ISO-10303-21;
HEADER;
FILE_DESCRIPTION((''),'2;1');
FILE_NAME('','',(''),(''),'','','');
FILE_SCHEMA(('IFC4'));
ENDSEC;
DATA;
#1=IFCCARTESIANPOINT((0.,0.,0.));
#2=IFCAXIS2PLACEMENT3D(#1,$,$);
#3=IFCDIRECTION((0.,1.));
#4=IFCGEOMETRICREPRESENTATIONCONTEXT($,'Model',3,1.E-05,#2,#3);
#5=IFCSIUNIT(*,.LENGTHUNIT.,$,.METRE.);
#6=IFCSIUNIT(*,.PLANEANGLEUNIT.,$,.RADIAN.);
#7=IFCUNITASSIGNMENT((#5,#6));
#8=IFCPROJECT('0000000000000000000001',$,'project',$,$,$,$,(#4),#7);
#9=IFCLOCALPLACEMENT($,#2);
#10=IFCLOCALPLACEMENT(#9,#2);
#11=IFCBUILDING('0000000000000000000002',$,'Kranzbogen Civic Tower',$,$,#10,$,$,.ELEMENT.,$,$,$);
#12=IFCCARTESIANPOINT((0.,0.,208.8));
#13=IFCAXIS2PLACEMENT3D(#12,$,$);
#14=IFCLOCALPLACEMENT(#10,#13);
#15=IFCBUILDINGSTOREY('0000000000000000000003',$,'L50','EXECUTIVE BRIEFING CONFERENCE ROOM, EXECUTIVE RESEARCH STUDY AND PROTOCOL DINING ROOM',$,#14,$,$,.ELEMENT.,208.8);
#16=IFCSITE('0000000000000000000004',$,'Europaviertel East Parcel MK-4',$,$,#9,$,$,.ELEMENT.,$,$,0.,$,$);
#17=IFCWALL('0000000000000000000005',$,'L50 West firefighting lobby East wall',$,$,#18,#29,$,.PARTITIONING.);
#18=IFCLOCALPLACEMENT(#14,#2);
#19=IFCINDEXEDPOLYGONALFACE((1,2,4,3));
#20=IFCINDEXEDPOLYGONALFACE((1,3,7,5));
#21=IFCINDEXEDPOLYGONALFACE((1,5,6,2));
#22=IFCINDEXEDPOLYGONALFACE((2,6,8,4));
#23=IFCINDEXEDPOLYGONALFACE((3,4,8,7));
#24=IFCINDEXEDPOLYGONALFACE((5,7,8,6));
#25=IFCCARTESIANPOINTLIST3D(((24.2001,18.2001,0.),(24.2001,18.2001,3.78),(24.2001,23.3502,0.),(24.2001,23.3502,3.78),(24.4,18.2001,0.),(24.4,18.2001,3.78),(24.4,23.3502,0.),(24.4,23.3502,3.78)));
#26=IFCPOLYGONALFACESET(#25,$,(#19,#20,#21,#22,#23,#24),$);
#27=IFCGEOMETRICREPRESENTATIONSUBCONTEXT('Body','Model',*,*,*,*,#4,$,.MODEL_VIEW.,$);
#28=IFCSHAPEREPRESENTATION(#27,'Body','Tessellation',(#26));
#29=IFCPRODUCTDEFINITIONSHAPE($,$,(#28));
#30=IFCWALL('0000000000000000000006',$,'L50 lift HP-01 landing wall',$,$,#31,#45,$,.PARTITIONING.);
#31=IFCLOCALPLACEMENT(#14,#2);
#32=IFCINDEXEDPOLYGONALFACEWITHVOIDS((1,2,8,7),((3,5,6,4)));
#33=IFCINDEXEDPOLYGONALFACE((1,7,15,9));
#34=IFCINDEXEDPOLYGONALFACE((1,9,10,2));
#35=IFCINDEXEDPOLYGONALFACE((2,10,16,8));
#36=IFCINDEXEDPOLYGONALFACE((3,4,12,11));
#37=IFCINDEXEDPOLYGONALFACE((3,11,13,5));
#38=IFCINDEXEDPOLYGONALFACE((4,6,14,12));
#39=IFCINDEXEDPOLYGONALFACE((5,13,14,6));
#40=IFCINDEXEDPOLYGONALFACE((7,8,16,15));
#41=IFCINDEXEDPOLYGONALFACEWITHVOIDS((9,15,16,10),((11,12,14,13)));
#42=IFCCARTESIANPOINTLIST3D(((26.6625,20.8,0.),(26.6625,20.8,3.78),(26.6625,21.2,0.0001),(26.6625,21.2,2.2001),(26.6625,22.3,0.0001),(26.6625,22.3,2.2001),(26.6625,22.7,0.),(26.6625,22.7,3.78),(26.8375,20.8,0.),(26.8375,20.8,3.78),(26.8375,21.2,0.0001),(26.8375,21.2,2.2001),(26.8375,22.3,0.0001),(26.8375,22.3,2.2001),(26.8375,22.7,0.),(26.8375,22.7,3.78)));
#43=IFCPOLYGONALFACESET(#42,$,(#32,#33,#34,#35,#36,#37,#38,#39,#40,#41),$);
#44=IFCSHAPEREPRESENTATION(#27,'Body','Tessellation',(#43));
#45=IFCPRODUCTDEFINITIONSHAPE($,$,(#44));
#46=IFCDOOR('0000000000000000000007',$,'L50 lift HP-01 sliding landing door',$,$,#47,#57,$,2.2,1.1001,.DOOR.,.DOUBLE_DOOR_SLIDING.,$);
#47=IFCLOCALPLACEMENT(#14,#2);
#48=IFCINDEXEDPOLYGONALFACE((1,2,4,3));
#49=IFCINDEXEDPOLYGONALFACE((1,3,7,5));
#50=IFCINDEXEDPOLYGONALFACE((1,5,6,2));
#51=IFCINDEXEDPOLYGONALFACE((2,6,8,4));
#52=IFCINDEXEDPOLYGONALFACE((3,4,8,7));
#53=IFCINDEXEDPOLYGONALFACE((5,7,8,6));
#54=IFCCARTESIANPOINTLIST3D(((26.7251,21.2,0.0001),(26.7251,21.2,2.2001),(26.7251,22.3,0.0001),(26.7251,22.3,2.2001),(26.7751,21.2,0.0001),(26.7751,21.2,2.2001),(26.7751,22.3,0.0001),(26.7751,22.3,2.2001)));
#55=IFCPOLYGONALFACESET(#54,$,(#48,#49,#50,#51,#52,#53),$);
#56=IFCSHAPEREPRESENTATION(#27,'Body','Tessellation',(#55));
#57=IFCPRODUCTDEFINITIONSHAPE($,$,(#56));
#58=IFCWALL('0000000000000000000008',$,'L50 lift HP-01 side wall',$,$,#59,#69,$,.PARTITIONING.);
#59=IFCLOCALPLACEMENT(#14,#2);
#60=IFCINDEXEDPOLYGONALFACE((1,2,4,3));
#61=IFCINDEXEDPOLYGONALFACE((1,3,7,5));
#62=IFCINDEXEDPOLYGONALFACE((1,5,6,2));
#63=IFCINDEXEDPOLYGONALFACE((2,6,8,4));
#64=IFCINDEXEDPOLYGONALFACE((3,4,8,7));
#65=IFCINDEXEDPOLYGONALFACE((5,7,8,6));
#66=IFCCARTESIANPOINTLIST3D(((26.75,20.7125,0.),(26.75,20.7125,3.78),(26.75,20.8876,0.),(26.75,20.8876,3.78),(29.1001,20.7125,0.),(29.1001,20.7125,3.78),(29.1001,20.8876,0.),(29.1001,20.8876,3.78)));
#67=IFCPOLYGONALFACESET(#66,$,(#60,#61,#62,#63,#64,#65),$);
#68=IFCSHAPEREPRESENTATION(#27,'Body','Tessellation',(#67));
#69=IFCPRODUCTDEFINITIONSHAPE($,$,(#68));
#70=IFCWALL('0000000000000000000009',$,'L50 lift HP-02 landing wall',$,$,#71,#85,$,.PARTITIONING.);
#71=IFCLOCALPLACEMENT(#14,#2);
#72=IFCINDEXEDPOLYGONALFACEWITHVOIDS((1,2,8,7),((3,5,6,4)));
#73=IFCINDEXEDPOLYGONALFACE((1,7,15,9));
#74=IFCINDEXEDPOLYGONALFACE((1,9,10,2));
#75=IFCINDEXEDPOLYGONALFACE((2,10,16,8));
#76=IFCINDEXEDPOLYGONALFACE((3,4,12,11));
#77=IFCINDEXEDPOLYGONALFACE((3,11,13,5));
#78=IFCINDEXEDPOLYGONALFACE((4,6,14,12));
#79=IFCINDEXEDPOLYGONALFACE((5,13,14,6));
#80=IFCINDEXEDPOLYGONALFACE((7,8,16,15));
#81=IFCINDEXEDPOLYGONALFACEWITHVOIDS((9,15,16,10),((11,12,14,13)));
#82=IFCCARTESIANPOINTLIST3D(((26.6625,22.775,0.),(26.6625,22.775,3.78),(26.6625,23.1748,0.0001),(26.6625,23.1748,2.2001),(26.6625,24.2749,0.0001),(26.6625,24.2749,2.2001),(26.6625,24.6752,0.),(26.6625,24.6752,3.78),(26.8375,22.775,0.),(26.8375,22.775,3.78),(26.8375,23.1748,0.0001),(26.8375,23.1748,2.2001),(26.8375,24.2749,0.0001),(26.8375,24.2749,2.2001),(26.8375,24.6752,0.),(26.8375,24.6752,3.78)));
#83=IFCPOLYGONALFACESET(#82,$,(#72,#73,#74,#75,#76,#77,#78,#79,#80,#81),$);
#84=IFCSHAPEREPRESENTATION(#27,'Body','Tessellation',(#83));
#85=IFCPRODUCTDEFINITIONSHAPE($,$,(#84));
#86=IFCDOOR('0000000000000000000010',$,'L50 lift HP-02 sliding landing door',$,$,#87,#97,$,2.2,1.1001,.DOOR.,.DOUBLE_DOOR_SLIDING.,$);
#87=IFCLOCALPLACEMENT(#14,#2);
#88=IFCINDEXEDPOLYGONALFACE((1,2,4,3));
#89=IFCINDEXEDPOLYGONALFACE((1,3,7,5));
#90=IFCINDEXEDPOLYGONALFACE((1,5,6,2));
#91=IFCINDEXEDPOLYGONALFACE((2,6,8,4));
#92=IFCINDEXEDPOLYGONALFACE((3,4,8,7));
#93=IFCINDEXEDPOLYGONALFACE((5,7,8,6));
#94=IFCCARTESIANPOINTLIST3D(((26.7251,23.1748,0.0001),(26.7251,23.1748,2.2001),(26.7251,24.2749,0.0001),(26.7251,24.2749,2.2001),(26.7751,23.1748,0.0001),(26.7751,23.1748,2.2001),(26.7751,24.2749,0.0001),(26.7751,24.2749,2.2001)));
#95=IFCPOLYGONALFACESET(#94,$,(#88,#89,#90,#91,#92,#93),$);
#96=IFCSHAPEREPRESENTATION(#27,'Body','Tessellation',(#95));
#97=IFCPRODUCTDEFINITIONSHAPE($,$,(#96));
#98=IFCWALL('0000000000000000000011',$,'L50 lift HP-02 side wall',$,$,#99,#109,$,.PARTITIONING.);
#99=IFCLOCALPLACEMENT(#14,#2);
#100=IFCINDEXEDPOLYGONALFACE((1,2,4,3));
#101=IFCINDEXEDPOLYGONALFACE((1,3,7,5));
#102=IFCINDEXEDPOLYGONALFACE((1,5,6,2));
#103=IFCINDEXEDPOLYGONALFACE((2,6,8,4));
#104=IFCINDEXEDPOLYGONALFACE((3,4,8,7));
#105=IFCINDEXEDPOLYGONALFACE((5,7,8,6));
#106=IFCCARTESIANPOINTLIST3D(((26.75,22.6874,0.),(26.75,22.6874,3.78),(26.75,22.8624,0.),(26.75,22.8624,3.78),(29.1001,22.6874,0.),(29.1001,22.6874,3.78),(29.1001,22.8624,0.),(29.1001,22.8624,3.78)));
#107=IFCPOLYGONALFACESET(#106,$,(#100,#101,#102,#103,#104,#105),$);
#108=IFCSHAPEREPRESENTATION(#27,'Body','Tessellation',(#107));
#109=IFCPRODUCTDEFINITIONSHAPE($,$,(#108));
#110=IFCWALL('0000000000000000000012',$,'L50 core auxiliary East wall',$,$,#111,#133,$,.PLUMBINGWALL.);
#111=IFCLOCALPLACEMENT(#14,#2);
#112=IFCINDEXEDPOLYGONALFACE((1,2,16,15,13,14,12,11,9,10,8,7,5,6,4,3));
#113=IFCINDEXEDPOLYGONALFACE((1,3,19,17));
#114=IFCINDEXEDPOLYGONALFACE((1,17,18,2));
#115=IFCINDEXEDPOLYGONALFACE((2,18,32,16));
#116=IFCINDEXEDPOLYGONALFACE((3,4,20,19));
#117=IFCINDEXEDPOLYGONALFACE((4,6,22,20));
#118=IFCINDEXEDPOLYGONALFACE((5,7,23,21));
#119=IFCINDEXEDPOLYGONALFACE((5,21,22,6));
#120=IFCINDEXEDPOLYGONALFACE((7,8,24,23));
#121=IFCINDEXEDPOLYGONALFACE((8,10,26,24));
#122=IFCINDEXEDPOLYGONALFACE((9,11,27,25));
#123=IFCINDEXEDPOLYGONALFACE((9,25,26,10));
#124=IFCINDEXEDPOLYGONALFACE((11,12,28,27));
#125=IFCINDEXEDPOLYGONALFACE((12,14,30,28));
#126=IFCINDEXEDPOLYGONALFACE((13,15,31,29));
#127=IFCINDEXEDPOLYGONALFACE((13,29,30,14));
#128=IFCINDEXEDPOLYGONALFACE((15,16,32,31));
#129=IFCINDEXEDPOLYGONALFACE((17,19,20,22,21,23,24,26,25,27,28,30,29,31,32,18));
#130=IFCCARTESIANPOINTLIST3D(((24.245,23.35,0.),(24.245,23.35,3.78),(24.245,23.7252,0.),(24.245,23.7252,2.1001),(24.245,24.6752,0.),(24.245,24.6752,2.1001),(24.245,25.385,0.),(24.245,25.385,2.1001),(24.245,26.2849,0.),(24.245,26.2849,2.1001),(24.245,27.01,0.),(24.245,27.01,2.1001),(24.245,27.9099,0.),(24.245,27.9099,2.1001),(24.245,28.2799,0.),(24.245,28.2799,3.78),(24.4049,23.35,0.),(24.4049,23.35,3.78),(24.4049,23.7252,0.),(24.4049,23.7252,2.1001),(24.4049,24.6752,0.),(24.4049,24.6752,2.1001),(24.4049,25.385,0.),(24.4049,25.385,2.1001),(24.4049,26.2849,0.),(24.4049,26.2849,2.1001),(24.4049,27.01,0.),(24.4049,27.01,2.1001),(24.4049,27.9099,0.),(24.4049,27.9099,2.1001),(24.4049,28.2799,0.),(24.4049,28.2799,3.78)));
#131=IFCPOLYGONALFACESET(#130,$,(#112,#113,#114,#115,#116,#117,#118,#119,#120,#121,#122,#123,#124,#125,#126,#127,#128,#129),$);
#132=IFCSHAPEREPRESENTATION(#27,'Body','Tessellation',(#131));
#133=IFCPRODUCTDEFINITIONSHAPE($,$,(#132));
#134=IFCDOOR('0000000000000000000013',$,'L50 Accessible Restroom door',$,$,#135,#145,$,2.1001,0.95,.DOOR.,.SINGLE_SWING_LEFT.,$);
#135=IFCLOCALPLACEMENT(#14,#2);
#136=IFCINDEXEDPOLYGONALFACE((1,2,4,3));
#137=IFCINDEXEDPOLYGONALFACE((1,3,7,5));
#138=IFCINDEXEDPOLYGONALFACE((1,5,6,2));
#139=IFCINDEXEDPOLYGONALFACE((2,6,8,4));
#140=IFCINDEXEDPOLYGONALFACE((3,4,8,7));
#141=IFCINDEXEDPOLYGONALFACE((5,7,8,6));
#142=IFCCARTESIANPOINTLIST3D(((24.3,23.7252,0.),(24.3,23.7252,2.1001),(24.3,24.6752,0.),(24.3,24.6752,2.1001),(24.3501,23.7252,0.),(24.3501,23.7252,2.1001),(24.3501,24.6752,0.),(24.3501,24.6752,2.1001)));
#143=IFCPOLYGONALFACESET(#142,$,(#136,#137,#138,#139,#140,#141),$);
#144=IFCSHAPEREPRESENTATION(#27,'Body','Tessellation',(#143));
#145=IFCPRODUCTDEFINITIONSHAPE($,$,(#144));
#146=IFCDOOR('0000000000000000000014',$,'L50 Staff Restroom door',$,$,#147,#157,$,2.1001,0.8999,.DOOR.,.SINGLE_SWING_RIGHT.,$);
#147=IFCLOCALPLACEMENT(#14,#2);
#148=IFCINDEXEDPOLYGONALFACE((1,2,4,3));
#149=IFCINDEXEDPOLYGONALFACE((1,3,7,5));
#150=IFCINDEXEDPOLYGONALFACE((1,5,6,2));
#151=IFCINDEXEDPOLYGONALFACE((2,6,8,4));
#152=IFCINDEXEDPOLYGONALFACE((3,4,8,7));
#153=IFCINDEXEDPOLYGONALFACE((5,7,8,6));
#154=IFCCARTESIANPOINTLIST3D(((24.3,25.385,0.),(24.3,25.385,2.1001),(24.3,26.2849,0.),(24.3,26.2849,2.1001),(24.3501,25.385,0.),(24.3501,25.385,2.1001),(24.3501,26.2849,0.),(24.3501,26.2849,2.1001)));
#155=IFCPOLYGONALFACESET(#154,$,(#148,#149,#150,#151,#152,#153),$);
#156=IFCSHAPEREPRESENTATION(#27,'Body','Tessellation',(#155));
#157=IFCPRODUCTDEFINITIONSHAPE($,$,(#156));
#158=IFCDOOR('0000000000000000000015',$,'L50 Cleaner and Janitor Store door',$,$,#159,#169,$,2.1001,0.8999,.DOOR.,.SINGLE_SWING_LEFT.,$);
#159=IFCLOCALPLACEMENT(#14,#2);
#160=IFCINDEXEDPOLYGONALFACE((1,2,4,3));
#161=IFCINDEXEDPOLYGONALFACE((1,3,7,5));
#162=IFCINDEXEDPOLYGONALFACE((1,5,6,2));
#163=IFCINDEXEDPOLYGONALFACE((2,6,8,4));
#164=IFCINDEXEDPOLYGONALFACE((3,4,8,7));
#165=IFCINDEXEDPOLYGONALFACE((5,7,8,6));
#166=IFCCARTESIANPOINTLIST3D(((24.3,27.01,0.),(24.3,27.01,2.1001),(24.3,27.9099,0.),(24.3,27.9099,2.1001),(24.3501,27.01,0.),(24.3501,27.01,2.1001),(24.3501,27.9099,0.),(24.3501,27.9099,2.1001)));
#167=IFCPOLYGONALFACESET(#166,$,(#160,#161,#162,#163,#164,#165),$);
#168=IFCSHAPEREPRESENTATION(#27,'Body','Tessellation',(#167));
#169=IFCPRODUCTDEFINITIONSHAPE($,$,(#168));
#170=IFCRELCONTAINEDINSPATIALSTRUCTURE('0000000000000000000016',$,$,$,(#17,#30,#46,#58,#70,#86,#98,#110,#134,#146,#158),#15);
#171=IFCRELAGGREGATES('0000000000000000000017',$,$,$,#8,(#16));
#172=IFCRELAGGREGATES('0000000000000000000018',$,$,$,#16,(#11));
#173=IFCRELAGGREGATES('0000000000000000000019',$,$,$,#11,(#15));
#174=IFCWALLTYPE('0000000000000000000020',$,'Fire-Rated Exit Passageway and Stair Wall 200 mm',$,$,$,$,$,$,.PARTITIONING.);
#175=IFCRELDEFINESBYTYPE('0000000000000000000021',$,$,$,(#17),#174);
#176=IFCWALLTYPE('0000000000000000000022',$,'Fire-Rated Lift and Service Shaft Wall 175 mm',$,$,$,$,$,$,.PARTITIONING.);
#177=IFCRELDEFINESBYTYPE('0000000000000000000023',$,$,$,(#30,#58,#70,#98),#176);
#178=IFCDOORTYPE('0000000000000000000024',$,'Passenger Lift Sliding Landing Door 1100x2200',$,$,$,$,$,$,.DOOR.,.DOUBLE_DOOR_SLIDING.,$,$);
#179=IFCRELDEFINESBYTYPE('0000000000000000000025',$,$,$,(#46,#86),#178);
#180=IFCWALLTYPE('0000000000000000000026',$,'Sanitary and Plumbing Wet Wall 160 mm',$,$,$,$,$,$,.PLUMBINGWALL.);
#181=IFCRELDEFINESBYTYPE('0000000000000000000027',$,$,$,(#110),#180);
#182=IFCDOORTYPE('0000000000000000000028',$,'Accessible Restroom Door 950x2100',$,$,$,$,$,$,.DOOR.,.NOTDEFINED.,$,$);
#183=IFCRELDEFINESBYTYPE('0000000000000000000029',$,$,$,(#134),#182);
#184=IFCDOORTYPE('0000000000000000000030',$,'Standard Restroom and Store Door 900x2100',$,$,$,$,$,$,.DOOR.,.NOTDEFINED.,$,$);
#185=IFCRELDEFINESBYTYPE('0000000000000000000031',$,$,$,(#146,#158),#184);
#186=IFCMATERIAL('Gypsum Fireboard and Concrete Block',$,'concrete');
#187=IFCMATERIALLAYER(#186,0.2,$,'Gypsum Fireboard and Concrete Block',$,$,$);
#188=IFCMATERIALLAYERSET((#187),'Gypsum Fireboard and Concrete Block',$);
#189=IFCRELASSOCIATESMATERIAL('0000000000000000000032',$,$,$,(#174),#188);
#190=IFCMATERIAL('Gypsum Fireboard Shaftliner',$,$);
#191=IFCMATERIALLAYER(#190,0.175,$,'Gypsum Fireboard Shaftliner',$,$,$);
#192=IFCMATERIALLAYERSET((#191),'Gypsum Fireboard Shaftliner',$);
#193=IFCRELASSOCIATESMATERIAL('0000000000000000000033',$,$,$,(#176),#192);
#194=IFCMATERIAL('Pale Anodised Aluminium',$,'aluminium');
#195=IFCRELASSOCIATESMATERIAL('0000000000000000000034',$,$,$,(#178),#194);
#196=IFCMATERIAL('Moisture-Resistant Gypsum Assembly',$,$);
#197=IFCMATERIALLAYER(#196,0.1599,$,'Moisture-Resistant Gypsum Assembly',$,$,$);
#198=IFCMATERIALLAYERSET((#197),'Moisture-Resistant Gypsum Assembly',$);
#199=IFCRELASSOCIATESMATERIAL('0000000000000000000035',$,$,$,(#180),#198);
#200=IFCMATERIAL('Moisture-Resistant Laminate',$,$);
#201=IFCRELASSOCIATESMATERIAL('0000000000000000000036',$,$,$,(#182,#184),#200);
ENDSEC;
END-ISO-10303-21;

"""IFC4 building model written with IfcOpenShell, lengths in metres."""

from ifc_helpers import new_model, si_unit, direction, frame, frame_2d, origin, place, context, subcontext, project, spatial, rectangle, extrude, material, layer, layer_set, type_object, element, fill, save


model = new_model("IFC4")

# Units and contexts
model_context = context("Model", 3, precision=1e-05, world=origin(), true_north=direction((0.0, 1.0)))
body_context = subcontext(model_context, "Body", "Model", "MODEL_VIEW")
ifc_project = project(units=[si_unit("LENGTHUNIT", "METRE"), si_unit("PLANEANGLEUNIT", "RADIAN")], contexts=[model_context])

# Site, building, storey
site_placement = place(None, origin())
site = spatial("IfcSite", under=ifc_project, at=site_placement, Name="Europaviertel East Parcel MK-4", CompositionType="ELEMENT", RefElevation=0.0)
building_placement = place(site_placement, origin())
building = spatial("IfcBuilding", under=site, at=building_placement, Name="Kranzbogen Civic Tower", CompositionType="ELEMENT")
storey_placement = place(building_placement, frame((0.0, 0.0, 208.8)))
storey = spatial("IfcBuildingStorey", under=building, at=storey_placement, Name="L50", Description="EXECUTIVE BRIEFING CONFERENCE ROOM, EXECUTIVE RESEARCH STUDY AND PROTOCOL DINING ROOM", CompositionType="ELEMENT", Elevation=208.8)

# Wall
ifc_material_1 = material(Name="Gypsum Fireboard and Concrete Block", Category="concrete")
ifc_layer_1 = layer(ifc_material_1, 0.2, Name="Gypsum Fireboard and Concrete Block")
ifc_layer_set_1 = layer_set([ifc_layer_1], Name="Gypsum Fireboard and Concrete Block")
wall_type_1 = type_object("IfcWallType", Name="Fire-Rated Exit Passageway and Stair Wall 200 mm", PredefinedType="PARTITIONING", material=ifc_layer_set_1)
wall_1_placement = place(storey_placement, frame((24.3, 18.2, 0.0), z_axis=(0.0, 0.0, 1.0), x_axis=(0.0, 1.0, 0.0)))
element("IfcWall", 1, at=wall_1_placement, inside=storey, type_object=wall_type_1, Name="L50 West firefighting lobby East wall", PredefinedType="PARTITIONING", context=body_context, shape_type="SweptSolid", body=[
    extrude(rectangle(XDim=5.1501, YDim=0.2, at=frame_2d((2.5752, 0.0))), origin(), (0.0, 0.0, 1.0), 3.78),
])

# Wall, opening, door
ifc_material_2 = material(Name="Gypsum Fireboard Shaftliner")
ifc_layer_2 = layer(ifc_material_2, 0.175, Name="Gypsum Fireboard Shaftliner")
ifc_layer_set_2 = layer_set([ifc_layer_2], Name="Gypsum Fireboard Shaftliner")
wall_type_2 = type_object("IfcWallType", Name="Fire-Rated Lift and Service Shaft Wall 175 mm", PredefinedType="PARTITIONING", material=ifc_layer_set_2)
wall_2_placement = place(storey_placement, frame((26.75, 20.8, 0.0), z_axis=(0.0, 0.0, 1.0), x_axis=(0.0, 1.0, 0.0)))
wall_2 = element("IfcWall", 2, at=wall_2_placement, inside=storey, type_object=wall_type_2, Name="L50 lift HP-01 landing wall", PredefinedType="PARTITIONING", context=body_context, shape_type="SweptSolid", body=[
    extrude(rectangle(XDim=1.8999, YDim=0.175, at=frame_2d((0.95, 0.0))), origin(), (0.0, 0.0, 1.0), 3.78),
])
opening_1_placement = place(wall_2_placement, frame((0.3999, 0.0, 0.0)))
opening_1 = element("IfcOpeningElement", 3, at=opening_1_placement, cuts=wall_2, PredefinedType="OPENING", context=body_context, shape_type="SweptSolid", body=[
    extrude(rectangle(XDim=1.1001, YDim=2.2, at=frame_2d((0.55, 1.1001))), frame((0.0, 0.0977, 0.0), z_axis=(0.0, -1.0, 0.0), x_axis=(1.0, 0.0, 0.0)), (0.0, 0.0, 1.0), 0.1951),
])
ifc_material_3 = material(Name="Pale Anodised Aluminium", Category="aluminium")
door_type_1 = type_object("IfcDoorType", Name="Passenger Lift Sliding Landing Door 1100x2200", OperationType="DOUBLE_DOOR_SLIDING", PredefinedType="DOOR", material=ifc_material_3)
door_1_placement = place(opening_1_placement, origin())
door_1 = element("IfcDoor", 4, at=door_1_placement, inside=storey, type_object=door_type_1, Name="L50 lift HP-01 sliding landing door", OperationType="DOUBLE_DOOR_SLIDING", OverallHeight=2.2, OverallWidth=1.1001, PredefinedType="DOOR", context=body_context, shape_type="SweptSolid", body=[
    extrude(rectangle(XDim=1.1001, YDim=2.2, at=frame_2d((0.55, 1.1001))), frame((0.0, 0.0249, 0.0), z_axis=(0.0, -1.0, 0.0), x_axis=(1.0, 0.0, 0.0)), (0.0, 0.0, 1.0), 0.05),
])
fill(opening_1, door_1)

# Wall
wall_3_placement = place(storey_placement, frame((26.75, 20.8, 0.0), z_axis=(0.0, 0.0, 1.0), x_axis=(1.0, 0.0, 0.0)))
element("IfcWall", 5, at=wall_3_placement, inside=storey, type_object=wall_type_2, Name="L50 lift HP-01 side wall", PredefinedType="PARTITIONING", context=body_context, shape_type="SweptSolid", body=[
    extrude(rectangle(XDim=2.3501, YDim=0.175, at=frame_2d((1.175, 0.0))), origin(), (0.0, 0.0, 1.0), 3.78),
])

# Wall, opening, door
wall_4_placement = place(storey_placement, frame((26.75, 22.7749, 0.0), z_axis=(0.0, 0.0, 1.0), x_axis=(0.0, 1.0, 0.0)))
wall_4 = element("IfcWall", 6, at=wall_4_placement, inside=storey, type_object=wall_type_2, Name="L50 lift HP-02 landing wall", PredefinedType="PARTITIONING", context=body_context, shape_type="SweptSolid", body=[
    extrude(rectangle(XDim=1.9001, YDim=0.175, at=frame_2d((0.9502, 0.0))), origin(), (0.0, 0.0, 1.0), 3.78),
])
opening_2_placement = place(wall_4_placement, frame((0.3999, 0.0, 0.0)))
opening_2 = element("IfcOpeningElement", 7, at=opening_2_placement, cuts=wall_4, PredefinedType="OPENING", context=body_context, shape_type="SweptSolid", body=[
    extrude(rectangle(XDim=1.1001, YDim=2.2, at=frame_2d((0.55, 1.1001))), frame((0.0, 0.0977, 0.0), z_axis=(0.0, -1.0, 0.0), x_axis=(1.0, 0.0, 0.0)), (0.0, 0.0, 1.0), 0.1951),
])
door_2_placement = place(opening_2_placement, origin())
door_2 = element("IfcDoor", 8, at=door_2_placement, inside=storey, type_object=door_type_1, Name="L50 lift HP-02 sliding landing door", OperationType="DOUBLE_DOOR_SLIDING", OverallHeight=2.2, OverallWidth=1.1001, PredefinedType="DOOR", context=body_context, shape_type="SweptSolid", body=[
    extrude(rectangle(XDim=1.1001, YDim=2.2, at=frame_2d((0.55, 1.1001))), frame((0.0, 0.0249, 0.0), z_axis=(0.0, -1.0, 0.0), x_axis=(1.0, 0.0, 0.0)), (0.0, 0.0, 1.0), 0.05),
])
fill(opening_2, door_2)

# Wall
wall_5_placement = place(storey_placement, frame((26.75, 22.7749, 0.0), z_axis=(0.0, 0.0, 1.0), x_axis=(1.0, 0.0, 0.0)))
element("IfcWall", 9, at=wall_5_placement, inside=storey, type_object=wall_type_2, Name="L50 lift HP-02 side wall", PredefinedType="PARTITIONING", context=body_context, shape_type="SweptSolid", body=[
    extrude(rectangle(XDim=2.3501, YDim=0.175, at=frame_2d((1.175, 0.0))), origin(), (0.0, 0.0, 1.0), 3.78),
])

# Wall, openings, doors
ifc_material_4 = material(Name="Moisture-Resistant Gypsum Assembly")
ifc_layer_3 = layer(ifc_material_4, 0.1599, Name="Moisture-Resistant Gypsum Assembly")
ifc_layer_set_3 = layer_set([ifc_layer_3], Name="Moisture-Resistant Gypsum Assembly")
wall_type_3 = type_object("IfcWallType", Name="Sanitary and Plumbing Wet Wall 160 mm", PredefinedType="PLUMBINGWALL", material=ifc_layer_set_3)
wall_6_placement = place(storey_placement, frame((24.325, 23.3501, 0.0), z_axis=(0.0, 0.0, 1.0), x_axis=(0.0, 1.0, 0.0)))
wall_6 = element("IfcWall", 10, at=wall_6_placement, inside=storey, type_object=wall_type_3, Name="L50 core auxiliary East wall", PredefinedType="PLUMBINGWALL", context=body_context, shape_type="SweptSolid", body=[
    extrude(rectangle(XDim=4.9299, YDim=0.1599, at=frame_2d((2.4648, 0.0))), origin(), (0.0, 0.0, 1.0), 3.78),
])
opening_3_placement = place(wall_6_placement, frame((0.375, 0.0, 0.0)))
opening_3 = element("IfcOpeningElement", 11, at=opening_3_placement, cuts=wall_6, PredefinedType="OPENING", context=body_context, shape_type="SweptSolid", body=[
    extrude(rectangle(XDim=0.95, YDim=2.1001, at=frame_2d((0.4751, 1.05))), frame((0.0, 0.0898, 0.0), z_axis=(0.0, -1.0, 0.0), x_axis=(1.0, 0.0, 0.0)), (0.0, 0.0, 1.0), 0.1799),
])
opening_4_placement = place(wall_6_placement, frame((2.0349, 0.0, 0.0)))
opening_4 = element("IfcOpeningElement", 12, at=opening_4_placement, cuts=wall_6, PredefinedType="OPENING", context=body_context, shape_type="SweptSolid", body=[
    extrude(rectangle(XDim=0.8999, YDim=2.1001, at=frame_2d((0.45, 1.05))), frame((0.0, 0.0898, 0.0), z_axis=(0.0, -1.0, 0.0), x_axis=(1.0, 0.0, 0.0)), (0.0, 0.0, 1.0), 0.1799),
])
opening_5_placement = place(wall_6_placement, frame((3.6599, 0.0, 0.0)))
opening_5 = element("IfcOpeningElement", 13, at=opening_5_placement, cuts=wall_6, PredefinedType="OPENING", context=body_context, shape_type="SweptSolid", body=[
    extrude(rectangle(XDim=0.8999, YDim=2.1001, at=frame_2d((0.45, 1.05))), frame((0.0, 0.0898, 0.0), z_axis=(0.0, -1.0, 0.0), x_axis=(1.0, 0.0, 0.0)), (0.0, 0.0, 1.0), 0.1799),
])
ifc_material_5 = material(Name="Moisture-Resistant Laminate")
door_type_2 = type_object("IfcDoorType", Name="Accessible Restroom Door 950x2100", OperationType="NOTDEFINED", PredefinedType="DOOR", material=ifc_material_5)
door_3_placement = place(opening_3_placement, origin())
door_3 = element("IfcDoor", 14, at=door_3_placement, inside=storey, type_object=door_type_2, Name="L50 Accessible Restroom door", OperationType="SINGLE_SWING_LEFT", OverallHeight=2.1001, OverallWidth=0.95, PredefinedType="DOOR", context=body_context, shape_type="SweptSolid", body=[
    extrude(rectangle(XDim=0.95, YDim=2.1001, at=frame_2d((0.4751, 1.05))), frame((0.0, 0.0249, 0.0), z_axis=(0.0, -1.0, 0.0), x_axis=(1.0, 0.0, 0.0)), (0.0, 0.0, 1.0), 0.05),
])
fill(opening_3, door_3)
door_type_3 = type_object("IfcDoorType", Name="Standard Restroom and Store Door 900x2100", OperationType="NOTDEFINED", PredefinedType="DOOR", material=ifc_material_5)
door_4_placement = place(opening_4_placement, origin())
door_4 = element("IfcDoor", 15, at=door_4_placement, inside=storey, type_object=door_type_3, Name="L50 Staff Restroom door", OperationType="SINGLE_SWING_RIGHT", OverallHeight=2.1001, OverallWidth=0.8999, PredefinedType="DOOR", context=body_context, shape_type="SweptSolid", body=[
    extrude(rectangle(XDim=0.8999, YDim=2.1001, at=frame_2d((0.45, 1.05))), frame((0.0, 0.0249, 0.0), z_axis=(0.0, -1.0, 0.0), x_axis=(1.0, 0.0, 0.0)), (0.0, 0.0, 1.0), 0.05),
])
fill(opening_4, door_4)
door_5_placement = place(opening_5_placement, origin())
door_5 = element("IfcDoor", 16, at=door_5_placement, inside=storey, type_object=door_type_3, Name="L50 Cleaner and Janitor Store door", OperationType="SINGLE_SWING_LEFT", OverallHeight=2.1001, OverallWidth=0.8999, PredefinedType="DOOR", context=body_context, shape_type="SweptSolid", body=[
    extrude(rectangle(XDim=0.8999, YDim=2.1001, at=frame_2d((0.45, 1.05))), frame((0.0, 0.0249, 0.0), z_axis=(0.0, -1.0, 0.0), x_axis=(1.0, 0.0, 0.0)), (0.0, 0.0, 1.0), 0.05),
])
fill(opening_5, door_5)

save(model, "model.ifc")
